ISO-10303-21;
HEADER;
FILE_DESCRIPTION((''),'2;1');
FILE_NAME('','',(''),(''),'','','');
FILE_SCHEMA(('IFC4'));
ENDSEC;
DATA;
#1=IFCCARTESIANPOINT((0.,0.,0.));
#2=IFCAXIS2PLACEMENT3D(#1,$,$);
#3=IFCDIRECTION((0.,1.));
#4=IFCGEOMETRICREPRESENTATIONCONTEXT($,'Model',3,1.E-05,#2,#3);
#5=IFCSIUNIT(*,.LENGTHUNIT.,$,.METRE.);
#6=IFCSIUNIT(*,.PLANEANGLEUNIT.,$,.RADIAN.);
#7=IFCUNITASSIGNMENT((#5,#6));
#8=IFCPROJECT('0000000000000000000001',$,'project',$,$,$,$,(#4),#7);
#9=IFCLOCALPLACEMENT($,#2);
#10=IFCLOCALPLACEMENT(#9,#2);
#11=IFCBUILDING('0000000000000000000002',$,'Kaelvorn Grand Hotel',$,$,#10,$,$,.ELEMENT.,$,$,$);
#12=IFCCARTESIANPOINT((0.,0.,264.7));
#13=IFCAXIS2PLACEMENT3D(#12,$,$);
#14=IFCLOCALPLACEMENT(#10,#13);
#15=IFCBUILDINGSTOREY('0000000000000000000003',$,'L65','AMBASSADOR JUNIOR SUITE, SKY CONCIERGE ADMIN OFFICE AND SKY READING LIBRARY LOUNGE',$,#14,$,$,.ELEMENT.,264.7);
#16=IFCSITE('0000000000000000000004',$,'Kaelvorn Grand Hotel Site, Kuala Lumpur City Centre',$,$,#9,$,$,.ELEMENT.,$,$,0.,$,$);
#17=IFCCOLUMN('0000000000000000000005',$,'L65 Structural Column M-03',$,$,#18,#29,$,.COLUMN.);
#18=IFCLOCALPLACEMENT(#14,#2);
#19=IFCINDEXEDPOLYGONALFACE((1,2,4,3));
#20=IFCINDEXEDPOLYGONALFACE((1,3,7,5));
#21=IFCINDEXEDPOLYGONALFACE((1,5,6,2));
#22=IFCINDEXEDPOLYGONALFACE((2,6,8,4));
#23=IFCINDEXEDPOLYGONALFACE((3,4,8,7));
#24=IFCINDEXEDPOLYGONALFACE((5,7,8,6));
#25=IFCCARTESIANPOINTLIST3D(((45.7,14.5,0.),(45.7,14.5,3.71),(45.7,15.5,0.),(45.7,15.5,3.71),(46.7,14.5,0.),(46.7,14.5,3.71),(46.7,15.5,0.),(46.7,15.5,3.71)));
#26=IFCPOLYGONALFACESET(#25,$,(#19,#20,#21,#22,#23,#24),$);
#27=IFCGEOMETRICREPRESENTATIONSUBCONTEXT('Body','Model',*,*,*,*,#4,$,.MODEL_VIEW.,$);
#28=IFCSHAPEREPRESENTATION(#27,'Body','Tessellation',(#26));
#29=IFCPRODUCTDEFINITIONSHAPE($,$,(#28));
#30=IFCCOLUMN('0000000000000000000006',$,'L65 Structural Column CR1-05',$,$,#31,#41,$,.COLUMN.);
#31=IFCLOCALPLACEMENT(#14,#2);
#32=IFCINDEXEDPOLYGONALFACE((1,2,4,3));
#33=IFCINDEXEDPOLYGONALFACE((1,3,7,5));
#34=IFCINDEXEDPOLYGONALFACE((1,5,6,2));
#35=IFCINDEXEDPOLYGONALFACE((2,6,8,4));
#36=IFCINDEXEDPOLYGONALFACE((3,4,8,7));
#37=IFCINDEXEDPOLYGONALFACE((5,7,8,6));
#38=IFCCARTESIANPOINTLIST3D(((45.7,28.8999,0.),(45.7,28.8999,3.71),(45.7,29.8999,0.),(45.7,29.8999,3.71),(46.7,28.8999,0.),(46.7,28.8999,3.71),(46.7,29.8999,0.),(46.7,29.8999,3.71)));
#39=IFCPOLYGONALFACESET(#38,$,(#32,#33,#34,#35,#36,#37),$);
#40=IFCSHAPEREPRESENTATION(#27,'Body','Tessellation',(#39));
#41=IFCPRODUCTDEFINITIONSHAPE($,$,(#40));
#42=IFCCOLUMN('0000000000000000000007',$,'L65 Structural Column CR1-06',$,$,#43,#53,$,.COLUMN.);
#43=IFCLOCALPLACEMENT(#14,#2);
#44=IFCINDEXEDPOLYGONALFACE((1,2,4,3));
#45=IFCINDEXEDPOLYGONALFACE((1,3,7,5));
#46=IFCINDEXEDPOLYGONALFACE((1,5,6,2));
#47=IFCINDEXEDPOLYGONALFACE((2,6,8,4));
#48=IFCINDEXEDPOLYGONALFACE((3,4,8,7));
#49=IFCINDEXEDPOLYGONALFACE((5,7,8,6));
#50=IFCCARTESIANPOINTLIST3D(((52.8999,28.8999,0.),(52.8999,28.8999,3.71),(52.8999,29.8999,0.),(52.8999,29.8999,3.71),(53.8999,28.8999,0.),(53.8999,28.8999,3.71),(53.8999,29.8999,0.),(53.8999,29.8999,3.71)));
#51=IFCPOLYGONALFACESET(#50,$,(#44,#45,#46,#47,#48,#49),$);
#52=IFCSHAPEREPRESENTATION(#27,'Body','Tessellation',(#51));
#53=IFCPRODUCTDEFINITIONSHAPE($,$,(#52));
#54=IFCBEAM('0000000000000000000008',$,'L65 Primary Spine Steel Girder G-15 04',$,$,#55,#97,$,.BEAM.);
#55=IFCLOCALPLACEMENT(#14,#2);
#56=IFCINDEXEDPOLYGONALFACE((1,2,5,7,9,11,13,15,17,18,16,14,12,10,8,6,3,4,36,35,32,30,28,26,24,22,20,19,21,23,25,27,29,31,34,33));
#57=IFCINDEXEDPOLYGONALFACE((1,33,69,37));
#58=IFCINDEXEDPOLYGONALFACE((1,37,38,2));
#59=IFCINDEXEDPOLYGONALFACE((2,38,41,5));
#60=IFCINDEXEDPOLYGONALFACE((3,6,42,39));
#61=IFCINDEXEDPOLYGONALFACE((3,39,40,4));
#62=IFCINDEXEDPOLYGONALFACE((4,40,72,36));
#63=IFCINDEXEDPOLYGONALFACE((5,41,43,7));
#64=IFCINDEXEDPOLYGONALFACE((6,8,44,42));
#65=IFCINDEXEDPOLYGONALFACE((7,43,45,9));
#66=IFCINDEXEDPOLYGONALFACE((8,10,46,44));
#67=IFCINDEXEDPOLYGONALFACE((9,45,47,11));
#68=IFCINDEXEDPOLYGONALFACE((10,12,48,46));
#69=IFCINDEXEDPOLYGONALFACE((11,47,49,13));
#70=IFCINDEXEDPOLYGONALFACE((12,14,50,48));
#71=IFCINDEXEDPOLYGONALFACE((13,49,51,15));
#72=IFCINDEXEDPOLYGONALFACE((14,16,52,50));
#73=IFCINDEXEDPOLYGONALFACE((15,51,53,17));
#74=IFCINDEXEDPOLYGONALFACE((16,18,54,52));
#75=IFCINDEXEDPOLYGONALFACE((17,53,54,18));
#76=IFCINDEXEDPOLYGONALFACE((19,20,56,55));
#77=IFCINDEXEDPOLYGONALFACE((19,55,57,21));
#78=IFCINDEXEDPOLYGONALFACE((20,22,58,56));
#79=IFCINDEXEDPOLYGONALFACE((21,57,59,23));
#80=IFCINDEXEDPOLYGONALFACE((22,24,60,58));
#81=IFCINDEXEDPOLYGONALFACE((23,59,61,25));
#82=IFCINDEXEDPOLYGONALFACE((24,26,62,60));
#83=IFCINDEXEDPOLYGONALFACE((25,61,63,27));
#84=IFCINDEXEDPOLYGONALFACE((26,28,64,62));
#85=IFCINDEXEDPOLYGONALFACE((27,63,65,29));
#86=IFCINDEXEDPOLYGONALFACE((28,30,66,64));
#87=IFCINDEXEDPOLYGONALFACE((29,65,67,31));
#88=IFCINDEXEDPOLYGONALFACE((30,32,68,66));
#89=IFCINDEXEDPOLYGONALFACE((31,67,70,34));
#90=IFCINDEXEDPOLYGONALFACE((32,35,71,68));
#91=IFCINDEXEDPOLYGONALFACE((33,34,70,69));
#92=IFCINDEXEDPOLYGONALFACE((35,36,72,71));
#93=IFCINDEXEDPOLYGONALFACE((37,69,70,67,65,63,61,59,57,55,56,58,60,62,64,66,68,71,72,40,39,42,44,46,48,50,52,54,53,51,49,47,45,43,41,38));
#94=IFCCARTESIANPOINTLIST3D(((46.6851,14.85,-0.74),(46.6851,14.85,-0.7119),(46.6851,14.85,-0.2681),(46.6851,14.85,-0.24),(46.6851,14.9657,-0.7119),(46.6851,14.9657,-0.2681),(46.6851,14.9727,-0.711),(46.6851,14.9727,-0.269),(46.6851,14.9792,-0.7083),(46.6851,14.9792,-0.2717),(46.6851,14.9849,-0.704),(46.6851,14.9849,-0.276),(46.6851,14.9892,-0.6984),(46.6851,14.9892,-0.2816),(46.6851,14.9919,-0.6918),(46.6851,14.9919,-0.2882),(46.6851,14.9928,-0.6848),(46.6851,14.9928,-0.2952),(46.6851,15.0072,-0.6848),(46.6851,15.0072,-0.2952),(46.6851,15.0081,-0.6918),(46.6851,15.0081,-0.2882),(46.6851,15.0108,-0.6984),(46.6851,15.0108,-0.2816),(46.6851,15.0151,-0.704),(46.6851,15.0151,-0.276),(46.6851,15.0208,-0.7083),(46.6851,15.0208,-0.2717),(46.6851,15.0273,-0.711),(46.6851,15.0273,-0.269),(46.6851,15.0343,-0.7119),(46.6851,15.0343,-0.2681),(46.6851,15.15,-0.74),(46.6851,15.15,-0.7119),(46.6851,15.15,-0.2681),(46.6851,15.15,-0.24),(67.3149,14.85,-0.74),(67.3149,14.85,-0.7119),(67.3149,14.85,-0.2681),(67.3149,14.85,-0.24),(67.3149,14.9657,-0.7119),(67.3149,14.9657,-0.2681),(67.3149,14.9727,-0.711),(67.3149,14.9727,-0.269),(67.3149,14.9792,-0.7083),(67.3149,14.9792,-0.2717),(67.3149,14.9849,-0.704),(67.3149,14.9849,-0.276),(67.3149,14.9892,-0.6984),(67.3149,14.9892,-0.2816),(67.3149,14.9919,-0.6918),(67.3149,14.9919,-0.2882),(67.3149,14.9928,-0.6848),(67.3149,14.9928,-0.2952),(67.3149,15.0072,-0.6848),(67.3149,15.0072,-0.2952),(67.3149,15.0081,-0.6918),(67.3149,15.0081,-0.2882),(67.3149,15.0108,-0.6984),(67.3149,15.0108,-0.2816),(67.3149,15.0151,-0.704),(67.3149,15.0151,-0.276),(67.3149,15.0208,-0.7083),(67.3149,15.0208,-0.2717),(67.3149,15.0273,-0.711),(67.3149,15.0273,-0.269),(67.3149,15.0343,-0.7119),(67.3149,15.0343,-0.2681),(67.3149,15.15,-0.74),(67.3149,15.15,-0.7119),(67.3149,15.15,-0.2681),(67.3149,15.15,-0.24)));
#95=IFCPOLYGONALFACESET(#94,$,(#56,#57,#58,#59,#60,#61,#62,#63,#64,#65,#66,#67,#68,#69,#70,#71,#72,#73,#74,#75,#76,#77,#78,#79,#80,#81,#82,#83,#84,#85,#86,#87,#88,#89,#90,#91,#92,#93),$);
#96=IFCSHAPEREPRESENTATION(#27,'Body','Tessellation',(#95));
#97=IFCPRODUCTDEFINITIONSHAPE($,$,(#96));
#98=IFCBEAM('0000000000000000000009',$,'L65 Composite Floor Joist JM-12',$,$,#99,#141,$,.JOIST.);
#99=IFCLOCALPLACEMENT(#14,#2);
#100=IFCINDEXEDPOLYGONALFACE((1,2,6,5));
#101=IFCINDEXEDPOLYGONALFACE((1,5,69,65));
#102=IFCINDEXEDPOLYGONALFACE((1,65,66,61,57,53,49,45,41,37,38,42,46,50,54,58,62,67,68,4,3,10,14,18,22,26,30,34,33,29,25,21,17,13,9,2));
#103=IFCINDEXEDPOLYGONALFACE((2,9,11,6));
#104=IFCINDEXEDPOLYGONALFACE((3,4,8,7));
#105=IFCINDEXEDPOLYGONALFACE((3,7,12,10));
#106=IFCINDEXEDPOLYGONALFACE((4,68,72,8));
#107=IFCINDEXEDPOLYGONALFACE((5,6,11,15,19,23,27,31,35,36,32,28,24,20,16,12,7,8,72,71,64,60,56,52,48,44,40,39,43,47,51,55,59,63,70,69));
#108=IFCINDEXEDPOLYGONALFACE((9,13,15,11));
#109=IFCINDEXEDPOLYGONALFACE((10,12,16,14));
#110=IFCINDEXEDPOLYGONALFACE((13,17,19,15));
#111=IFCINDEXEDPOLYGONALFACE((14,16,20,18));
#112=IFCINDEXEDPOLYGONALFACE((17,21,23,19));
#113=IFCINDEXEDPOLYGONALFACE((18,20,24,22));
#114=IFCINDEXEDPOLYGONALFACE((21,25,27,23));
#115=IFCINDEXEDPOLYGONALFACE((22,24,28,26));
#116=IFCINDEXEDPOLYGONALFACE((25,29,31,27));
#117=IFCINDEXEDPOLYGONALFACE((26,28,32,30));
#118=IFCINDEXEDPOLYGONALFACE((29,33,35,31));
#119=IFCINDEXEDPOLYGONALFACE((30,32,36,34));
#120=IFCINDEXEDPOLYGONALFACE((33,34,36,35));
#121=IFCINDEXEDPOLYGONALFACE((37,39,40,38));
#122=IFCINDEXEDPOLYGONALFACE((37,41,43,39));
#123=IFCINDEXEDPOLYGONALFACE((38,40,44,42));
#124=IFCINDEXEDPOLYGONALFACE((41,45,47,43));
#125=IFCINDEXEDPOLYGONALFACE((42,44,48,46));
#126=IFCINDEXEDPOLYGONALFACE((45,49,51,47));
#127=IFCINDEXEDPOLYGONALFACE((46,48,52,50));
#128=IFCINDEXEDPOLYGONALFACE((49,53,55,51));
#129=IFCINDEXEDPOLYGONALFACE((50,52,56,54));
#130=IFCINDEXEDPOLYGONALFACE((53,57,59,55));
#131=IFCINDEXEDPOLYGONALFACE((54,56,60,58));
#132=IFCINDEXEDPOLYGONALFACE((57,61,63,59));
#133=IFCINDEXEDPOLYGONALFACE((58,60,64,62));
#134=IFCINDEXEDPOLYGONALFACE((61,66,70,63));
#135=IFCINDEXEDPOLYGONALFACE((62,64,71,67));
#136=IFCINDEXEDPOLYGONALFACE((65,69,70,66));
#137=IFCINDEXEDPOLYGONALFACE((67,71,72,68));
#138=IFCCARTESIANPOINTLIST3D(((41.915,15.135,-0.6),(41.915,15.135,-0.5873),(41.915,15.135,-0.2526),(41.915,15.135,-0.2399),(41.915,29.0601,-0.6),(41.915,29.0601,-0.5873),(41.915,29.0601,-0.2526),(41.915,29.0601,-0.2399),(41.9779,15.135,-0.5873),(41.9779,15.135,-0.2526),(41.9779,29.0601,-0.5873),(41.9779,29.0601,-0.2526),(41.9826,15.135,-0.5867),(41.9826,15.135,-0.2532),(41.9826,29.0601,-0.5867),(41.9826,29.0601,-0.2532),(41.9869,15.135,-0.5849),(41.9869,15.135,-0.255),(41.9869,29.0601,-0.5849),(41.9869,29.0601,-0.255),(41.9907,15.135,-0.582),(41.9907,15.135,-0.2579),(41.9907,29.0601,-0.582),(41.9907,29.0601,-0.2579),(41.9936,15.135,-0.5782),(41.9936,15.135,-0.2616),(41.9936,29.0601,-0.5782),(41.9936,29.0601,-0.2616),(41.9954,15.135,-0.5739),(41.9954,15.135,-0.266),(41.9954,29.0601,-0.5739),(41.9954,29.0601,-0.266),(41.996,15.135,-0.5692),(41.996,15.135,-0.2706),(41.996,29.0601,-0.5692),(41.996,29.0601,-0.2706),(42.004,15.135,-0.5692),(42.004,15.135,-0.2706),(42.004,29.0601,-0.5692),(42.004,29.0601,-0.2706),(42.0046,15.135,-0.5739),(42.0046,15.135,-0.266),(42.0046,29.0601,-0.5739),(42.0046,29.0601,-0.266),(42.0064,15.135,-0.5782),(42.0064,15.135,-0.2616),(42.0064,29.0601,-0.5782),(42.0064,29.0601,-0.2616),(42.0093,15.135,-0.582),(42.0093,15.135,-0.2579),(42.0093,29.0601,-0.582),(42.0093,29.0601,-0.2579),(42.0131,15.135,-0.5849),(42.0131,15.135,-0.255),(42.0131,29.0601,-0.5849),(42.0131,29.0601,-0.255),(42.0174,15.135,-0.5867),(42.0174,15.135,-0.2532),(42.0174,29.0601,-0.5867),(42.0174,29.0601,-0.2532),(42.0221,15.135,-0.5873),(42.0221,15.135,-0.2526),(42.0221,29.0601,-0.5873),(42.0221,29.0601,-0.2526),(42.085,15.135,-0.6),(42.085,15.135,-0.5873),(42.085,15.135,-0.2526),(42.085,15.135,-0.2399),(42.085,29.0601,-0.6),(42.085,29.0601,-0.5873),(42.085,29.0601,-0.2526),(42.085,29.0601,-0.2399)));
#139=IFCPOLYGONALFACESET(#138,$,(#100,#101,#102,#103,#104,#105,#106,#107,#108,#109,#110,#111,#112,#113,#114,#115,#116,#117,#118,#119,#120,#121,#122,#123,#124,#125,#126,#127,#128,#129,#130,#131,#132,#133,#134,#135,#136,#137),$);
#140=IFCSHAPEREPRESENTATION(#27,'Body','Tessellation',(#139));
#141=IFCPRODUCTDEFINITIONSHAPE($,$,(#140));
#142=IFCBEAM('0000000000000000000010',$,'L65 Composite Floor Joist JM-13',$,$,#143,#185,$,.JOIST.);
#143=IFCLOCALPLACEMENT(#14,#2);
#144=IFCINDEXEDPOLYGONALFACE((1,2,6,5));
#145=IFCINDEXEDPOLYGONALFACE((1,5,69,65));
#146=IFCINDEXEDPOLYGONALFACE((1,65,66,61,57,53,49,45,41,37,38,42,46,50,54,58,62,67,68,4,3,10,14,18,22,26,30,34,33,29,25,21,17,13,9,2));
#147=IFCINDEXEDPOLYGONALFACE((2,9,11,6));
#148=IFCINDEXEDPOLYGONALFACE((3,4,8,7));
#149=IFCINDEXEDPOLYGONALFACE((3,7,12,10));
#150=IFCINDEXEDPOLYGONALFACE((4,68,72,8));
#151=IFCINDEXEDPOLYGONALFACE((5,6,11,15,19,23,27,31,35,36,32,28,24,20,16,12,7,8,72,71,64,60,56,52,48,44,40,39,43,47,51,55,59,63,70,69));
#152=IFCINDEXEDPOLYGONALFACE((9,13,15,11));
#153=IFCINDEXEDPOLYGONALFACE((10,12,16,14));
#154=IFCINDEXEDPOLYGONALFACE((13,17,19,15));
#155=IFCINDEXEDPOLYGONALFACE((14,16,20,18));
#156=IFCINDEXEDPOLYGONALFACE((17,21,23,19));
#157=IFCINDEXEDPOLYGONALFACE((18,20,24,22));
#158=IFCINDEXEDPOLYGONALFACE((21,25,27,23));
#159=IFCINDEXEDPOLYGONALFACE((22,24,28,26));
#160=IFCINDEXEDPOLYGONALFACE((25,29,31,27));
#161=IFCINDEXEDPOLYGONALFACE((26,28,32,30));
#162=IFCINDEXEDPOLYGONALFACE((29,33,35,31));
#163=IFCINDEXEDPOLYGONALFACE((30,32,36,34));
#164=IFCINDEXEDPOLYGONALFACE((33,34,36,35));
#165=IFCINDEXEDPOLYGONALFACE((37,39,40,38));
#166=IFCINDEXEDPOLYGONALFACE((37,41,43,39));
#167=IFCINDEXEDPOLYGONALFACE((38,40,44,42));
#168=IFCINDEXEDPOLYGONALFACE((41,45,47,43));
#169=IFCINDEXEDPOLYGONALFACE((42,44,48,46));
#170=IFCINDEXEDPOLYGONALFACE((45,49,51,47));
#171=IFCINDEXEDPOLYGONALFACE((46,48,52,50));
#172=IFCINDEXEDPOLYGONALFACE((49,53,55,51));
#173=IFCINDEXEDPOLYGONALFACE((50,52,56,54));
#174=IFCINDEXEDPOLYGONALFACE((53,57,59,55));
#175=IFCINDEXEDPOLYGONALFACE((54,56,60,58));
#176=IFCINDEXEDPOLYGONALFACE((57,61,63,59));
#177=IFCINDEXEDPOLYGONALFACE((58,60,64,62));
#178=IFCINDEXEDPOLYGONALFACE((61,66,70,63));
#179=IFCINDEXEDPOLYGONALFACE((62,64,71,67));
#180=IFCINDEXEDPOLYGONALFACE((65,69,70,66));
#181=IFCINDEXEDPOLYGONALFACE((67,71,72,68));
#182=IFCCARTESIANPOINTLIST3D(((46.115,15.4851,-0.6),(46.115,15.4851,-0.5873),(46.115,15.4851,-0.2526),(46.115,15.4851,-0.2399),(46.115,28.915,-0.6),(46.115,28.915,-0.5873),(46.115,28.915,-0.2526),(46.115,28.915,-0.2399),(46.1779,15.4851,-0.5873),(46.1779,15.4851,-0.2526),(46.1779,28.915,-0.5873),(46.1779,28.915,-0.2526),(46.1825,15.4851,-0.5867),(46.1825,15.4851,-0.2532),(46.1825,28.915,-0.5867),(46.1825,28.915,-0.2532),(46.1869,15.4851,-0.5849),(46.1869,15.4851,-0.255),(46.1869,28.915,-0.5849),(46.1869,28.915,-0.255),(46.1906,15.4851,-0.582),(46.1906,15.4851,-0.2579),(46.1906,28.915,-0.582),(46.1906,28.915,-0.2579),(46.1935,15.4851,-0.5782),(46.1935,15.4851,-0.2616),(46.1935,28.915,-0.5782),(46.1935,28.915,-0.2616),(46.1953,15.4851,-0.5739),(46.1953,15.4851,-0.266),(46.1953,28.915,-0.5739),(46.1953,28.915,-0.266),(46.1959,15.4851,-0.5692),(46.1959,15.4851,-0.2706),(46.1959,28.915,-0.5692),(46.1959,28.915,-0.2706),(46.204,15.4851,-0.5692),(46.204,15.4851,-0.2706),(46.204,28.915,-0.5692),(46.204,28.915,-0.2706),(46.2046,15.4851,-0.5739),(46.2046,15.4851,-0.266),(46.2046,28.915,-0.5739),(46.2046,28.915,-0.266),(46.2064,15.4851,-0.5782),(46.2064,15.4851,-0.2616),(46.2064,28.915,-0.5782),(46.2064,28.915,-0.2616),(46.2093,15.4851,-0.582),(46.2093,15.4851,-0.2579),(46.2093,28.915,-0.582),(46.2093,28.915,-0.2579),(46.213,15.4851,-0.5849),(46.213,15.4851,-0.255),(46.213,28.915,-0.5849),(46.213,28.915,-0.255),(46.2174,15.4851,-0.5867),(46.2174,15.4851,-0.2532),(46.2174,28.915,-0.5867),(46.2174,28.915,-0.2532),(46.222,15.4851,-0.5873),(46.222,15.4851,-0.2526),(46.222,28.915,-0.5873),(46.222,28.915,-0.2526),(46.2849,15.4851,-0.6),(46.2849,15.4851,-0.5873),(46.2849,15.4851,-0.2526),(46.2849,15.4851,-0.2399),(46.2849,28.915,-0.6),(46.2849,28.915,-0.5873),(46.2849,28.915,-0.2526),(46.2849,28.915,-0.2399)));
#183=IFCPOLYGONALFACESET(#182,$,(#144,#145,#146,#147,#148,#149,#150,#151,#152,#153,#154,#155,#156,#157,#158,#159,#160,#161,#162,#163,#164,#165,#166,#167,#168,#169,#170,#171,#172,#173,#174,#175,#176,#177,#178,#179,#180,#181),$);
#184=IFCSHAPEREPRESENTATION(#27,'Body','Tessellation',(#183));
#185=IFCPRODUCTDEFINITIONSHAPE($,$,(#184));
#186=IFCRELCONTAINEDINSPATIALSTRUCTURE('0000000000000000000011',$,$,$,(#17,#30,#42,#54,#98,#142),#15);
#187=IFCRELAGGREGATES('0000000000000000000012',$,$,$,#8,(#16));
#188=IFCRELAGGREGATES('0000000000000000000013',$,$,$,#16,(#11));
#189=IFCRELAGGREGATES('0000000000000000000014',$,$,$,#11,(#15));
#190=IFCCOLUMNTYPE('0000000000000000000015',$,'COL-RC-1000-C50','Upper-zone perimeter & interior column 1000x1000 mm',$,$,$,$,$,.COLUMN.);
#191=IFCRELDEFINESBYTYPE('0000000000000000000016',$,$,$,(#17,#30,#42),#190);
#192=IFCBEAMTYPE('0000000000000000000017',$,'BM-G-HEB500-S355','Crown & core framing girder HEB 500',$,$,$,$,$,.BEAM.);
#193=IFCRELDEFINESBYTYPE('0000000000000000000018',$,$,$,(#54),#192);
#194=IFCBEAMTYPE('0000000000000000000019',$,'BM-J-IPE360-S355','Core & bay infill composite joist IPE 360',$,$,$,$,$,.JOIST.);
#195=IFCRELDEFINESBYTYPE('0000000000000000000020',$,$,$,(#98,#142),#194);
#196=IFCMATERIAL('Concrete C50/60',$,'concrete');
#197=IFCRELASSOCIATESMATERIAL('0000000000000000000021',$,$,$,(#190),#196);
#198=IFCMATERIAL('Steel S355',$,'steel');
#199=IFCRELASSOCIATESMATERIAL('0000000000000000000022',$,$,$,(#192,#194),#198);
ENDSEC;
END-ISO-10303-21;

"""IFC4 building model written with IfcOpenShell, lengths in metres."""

from ifc_helpers import new_model, si_unit, direction, frame, origin, origin_2d, place, context, subcontext, project, spatial, rectangle, i_section, extrude, material, material_profile, profile_set, type_object, element, save


model = new_model("IFC4")

# Units and contexts
model_context = context("Model", 3, precision=1e-05, world=origin(), true_north=direction((0.0, 1.0)))
body_context = subcontext(model_context, "Body", "Model", "MODEL_VIEW")
ifc_project = project(units=[si_unit("LENGTHUNIT", "METRE"), si_unit("PLANEANGLEUNIT", "RADIAN")], contexts=[model_context])

# Site, building, storey
site_placement = place(None, origin())
site = spatial("IfcSite", under=ifc_project, at=site_placement, Name="Kaelvorn Grand Hotel Site, Kuala Lumpur City Centre", CompositionType="ELEMENT", RefElevation=0.0)
building_placement = place(site_placement, origin())
building = spatial("IfcBuilding", under=site, at=building_placement, Name="Kaelvorn Grand Hotel", CompositionType="ELEMENT")
storey_placement = place(building_placement, frame((0.0, 0.0, 264.7)))
storey = spatial("IfcBuildingStorey", under=building, at=storey_placement, Name="L65", Description="AMBASSADOR JUNIOR SUITE, SKY CONCIERGE ADMIN OFFICE AND SKY READING LIBRARY LOUNGE", CompositionType="ELEMENT", Elevation=264.7)

# Columns
ifc_material_1 = material(Name="Concrete C50/60", Category="concrete")
ifc_material_profile_1 = material_profile(ifc_material_1, rectangle(XDim=1.0, YDim=1.0, at=origin_2d()), Name="RC COL 1000x1000")
ifc_profile_set_1 = profile_set([ifc_material_profile_1], Name="Concrete C50/60")
column_type = type_object("IfcColumnType", Name="COL-RC-1000-C50", Description="Upper-zone perimeter & interior column 1000x1000 mm", PredefinedType="COLUMN", material=ifc_profile_set_1)
for number, where, z_axis, x_axis, name in (
    (1, (46.2, 15.0, 0.0), (0.0, 0.0, 1.0), (1.0, 0.0, 0.0), "L65 Structural Column M-03"),
    (2, (46.2, 29.3999, 0.0), (0.0, 0.0, 1.0), (1.0, 0.0, 0.0), "L65 Structural Column CR1-05"),
    (3, (53.3999, 29.3999, 0.0), (0.0, 0.0, 1.0), (1.0, 0.0, 0.0), "L65 Structural Column CR1-06"),
):
    element("IfcColumn", number, at=place(storey_placement, frame(where, z_axis=z_axis, x_axis=x_axis)), inside=storey, type_object=column_type, Name=name, PredefinedType="COLUMN", context=body_context, shape_type="SweptSolid", body=[
        extrude(rectangle(XDim=1.0, YDim=1.0, at=origin_2d()), origin(), (0.0, 0.0, 1.0), 3.71),
    ])

# Beams
ifc_material_2 = material(Name="Steel S355", Category="steel")
ifc_material_profile_2 = material_profile(ifc_material_2, i_section(OverallWidth=0.3, OverallDepth=0.5, WebThickness=0.0144, FlangeThickness=0.0281, FilletRadius=0.0271, at=origin_2d()), Name="HEB 500")
ifc_profile_set_2 = profile_set([ifc_material_profile_2], Name="Steel S355")
beam_type_1 = type_object("IfcBeamType", Name="BM-G-HEB500-S355", Description="Crown & core framing girder HEB 500", PredefinedType="BEAM", material=ifc_profile_set_2)
beam_1_placement = place(storey_placement, frame((46.6851, 15.0, -0.49), z_axis=(1.0, 0.0, 0.0), x_axis=(0.0, 1.0, 0.0)))
element("IfcBeam", 4, at=beam_1_placement, inside=storey, type_object=beam_type_1, Name="L65 Primary Spine Steel Girder G-15 04", PredefinedType="BEAM", context=body_context, shape_type="SweptSolid", body=[
    extrude(i_section(OverallWidth=0.3, OverallDepth=0.5, WebThickness=0.0144, FlangeThickness=0.0281, FilletRadius=0.0271, at=origin_2d()), origin(), (0.0, 0.0, 1.0), 20.6299),
])
ifc_material_profile_3 = material_profile(ifc_material_2, i_section(OverallWidth=0.1699, OverallDepth=0.3601, WebThickness=0.0081, FlangeThickness=0.0127, FilletRadius=0.0181, at=origin_2d()), Name="IPE 360")
ifc_profile_set_3 = profile_set([ifc_material_profile_3], Name="Steel S355")
beam_type_2 = type_object("IfcBeamType", Name="BM-J-IPE360-S355", Description="Core & bay infill composite joist IPE 360", PredefinedType="JOIST", material=ifc_profile_set_3)
beam_2_placement = place(storey_placement, frame((42.0, 15.135, -0.4199), z_axis=(0.0, 1.0, 0.0), x_axis=(-1.0, 0.0, 0.0)))
element("IfcBeam", 5, at=beam_2_placement, inside=storey, type_object=beam_type_2, Name="L65 Composite Floor Joist JM-12", PredefinedType="JOIST", context=body_context, shape_type="SweptSolid", body=[
    extrude(i_section(OverallWidth=0.1699, OverallDepth=0.3601, WebThickness=0.0081, FlangeThickness=0.0127, FilletRadius=0.0181, at=origin_2d()), origin(), (0.0, 0.0, 1.0), 13.925),
])
beam_3_placement = place(storey_placement, frame((46.2, 15.4851, -0.4199), z_axis=(0.0, 1.0, 0.0), x_axis=(-1.0, 0.0, 0.0)))
element("IfcBeam", 6, at=beam_3_placement, inside=storey, type_object=beam_type_2, Name="L65 Composite Floor Joist JM-13", PredefinedType="JOIST", context=body_context, shape_type="SweptSolid", body=[
    extrude(i_section(OverallWidth=0.1699, OverallDepth=0.3601, WebThickness=0.0081, FlangeThickness=0.0127, FilletRadius=0.0181, at=origin_2d()), origin(), (0.0, 0.0, 1.0), 13.4299),
])

save(model, "model.ifc")
